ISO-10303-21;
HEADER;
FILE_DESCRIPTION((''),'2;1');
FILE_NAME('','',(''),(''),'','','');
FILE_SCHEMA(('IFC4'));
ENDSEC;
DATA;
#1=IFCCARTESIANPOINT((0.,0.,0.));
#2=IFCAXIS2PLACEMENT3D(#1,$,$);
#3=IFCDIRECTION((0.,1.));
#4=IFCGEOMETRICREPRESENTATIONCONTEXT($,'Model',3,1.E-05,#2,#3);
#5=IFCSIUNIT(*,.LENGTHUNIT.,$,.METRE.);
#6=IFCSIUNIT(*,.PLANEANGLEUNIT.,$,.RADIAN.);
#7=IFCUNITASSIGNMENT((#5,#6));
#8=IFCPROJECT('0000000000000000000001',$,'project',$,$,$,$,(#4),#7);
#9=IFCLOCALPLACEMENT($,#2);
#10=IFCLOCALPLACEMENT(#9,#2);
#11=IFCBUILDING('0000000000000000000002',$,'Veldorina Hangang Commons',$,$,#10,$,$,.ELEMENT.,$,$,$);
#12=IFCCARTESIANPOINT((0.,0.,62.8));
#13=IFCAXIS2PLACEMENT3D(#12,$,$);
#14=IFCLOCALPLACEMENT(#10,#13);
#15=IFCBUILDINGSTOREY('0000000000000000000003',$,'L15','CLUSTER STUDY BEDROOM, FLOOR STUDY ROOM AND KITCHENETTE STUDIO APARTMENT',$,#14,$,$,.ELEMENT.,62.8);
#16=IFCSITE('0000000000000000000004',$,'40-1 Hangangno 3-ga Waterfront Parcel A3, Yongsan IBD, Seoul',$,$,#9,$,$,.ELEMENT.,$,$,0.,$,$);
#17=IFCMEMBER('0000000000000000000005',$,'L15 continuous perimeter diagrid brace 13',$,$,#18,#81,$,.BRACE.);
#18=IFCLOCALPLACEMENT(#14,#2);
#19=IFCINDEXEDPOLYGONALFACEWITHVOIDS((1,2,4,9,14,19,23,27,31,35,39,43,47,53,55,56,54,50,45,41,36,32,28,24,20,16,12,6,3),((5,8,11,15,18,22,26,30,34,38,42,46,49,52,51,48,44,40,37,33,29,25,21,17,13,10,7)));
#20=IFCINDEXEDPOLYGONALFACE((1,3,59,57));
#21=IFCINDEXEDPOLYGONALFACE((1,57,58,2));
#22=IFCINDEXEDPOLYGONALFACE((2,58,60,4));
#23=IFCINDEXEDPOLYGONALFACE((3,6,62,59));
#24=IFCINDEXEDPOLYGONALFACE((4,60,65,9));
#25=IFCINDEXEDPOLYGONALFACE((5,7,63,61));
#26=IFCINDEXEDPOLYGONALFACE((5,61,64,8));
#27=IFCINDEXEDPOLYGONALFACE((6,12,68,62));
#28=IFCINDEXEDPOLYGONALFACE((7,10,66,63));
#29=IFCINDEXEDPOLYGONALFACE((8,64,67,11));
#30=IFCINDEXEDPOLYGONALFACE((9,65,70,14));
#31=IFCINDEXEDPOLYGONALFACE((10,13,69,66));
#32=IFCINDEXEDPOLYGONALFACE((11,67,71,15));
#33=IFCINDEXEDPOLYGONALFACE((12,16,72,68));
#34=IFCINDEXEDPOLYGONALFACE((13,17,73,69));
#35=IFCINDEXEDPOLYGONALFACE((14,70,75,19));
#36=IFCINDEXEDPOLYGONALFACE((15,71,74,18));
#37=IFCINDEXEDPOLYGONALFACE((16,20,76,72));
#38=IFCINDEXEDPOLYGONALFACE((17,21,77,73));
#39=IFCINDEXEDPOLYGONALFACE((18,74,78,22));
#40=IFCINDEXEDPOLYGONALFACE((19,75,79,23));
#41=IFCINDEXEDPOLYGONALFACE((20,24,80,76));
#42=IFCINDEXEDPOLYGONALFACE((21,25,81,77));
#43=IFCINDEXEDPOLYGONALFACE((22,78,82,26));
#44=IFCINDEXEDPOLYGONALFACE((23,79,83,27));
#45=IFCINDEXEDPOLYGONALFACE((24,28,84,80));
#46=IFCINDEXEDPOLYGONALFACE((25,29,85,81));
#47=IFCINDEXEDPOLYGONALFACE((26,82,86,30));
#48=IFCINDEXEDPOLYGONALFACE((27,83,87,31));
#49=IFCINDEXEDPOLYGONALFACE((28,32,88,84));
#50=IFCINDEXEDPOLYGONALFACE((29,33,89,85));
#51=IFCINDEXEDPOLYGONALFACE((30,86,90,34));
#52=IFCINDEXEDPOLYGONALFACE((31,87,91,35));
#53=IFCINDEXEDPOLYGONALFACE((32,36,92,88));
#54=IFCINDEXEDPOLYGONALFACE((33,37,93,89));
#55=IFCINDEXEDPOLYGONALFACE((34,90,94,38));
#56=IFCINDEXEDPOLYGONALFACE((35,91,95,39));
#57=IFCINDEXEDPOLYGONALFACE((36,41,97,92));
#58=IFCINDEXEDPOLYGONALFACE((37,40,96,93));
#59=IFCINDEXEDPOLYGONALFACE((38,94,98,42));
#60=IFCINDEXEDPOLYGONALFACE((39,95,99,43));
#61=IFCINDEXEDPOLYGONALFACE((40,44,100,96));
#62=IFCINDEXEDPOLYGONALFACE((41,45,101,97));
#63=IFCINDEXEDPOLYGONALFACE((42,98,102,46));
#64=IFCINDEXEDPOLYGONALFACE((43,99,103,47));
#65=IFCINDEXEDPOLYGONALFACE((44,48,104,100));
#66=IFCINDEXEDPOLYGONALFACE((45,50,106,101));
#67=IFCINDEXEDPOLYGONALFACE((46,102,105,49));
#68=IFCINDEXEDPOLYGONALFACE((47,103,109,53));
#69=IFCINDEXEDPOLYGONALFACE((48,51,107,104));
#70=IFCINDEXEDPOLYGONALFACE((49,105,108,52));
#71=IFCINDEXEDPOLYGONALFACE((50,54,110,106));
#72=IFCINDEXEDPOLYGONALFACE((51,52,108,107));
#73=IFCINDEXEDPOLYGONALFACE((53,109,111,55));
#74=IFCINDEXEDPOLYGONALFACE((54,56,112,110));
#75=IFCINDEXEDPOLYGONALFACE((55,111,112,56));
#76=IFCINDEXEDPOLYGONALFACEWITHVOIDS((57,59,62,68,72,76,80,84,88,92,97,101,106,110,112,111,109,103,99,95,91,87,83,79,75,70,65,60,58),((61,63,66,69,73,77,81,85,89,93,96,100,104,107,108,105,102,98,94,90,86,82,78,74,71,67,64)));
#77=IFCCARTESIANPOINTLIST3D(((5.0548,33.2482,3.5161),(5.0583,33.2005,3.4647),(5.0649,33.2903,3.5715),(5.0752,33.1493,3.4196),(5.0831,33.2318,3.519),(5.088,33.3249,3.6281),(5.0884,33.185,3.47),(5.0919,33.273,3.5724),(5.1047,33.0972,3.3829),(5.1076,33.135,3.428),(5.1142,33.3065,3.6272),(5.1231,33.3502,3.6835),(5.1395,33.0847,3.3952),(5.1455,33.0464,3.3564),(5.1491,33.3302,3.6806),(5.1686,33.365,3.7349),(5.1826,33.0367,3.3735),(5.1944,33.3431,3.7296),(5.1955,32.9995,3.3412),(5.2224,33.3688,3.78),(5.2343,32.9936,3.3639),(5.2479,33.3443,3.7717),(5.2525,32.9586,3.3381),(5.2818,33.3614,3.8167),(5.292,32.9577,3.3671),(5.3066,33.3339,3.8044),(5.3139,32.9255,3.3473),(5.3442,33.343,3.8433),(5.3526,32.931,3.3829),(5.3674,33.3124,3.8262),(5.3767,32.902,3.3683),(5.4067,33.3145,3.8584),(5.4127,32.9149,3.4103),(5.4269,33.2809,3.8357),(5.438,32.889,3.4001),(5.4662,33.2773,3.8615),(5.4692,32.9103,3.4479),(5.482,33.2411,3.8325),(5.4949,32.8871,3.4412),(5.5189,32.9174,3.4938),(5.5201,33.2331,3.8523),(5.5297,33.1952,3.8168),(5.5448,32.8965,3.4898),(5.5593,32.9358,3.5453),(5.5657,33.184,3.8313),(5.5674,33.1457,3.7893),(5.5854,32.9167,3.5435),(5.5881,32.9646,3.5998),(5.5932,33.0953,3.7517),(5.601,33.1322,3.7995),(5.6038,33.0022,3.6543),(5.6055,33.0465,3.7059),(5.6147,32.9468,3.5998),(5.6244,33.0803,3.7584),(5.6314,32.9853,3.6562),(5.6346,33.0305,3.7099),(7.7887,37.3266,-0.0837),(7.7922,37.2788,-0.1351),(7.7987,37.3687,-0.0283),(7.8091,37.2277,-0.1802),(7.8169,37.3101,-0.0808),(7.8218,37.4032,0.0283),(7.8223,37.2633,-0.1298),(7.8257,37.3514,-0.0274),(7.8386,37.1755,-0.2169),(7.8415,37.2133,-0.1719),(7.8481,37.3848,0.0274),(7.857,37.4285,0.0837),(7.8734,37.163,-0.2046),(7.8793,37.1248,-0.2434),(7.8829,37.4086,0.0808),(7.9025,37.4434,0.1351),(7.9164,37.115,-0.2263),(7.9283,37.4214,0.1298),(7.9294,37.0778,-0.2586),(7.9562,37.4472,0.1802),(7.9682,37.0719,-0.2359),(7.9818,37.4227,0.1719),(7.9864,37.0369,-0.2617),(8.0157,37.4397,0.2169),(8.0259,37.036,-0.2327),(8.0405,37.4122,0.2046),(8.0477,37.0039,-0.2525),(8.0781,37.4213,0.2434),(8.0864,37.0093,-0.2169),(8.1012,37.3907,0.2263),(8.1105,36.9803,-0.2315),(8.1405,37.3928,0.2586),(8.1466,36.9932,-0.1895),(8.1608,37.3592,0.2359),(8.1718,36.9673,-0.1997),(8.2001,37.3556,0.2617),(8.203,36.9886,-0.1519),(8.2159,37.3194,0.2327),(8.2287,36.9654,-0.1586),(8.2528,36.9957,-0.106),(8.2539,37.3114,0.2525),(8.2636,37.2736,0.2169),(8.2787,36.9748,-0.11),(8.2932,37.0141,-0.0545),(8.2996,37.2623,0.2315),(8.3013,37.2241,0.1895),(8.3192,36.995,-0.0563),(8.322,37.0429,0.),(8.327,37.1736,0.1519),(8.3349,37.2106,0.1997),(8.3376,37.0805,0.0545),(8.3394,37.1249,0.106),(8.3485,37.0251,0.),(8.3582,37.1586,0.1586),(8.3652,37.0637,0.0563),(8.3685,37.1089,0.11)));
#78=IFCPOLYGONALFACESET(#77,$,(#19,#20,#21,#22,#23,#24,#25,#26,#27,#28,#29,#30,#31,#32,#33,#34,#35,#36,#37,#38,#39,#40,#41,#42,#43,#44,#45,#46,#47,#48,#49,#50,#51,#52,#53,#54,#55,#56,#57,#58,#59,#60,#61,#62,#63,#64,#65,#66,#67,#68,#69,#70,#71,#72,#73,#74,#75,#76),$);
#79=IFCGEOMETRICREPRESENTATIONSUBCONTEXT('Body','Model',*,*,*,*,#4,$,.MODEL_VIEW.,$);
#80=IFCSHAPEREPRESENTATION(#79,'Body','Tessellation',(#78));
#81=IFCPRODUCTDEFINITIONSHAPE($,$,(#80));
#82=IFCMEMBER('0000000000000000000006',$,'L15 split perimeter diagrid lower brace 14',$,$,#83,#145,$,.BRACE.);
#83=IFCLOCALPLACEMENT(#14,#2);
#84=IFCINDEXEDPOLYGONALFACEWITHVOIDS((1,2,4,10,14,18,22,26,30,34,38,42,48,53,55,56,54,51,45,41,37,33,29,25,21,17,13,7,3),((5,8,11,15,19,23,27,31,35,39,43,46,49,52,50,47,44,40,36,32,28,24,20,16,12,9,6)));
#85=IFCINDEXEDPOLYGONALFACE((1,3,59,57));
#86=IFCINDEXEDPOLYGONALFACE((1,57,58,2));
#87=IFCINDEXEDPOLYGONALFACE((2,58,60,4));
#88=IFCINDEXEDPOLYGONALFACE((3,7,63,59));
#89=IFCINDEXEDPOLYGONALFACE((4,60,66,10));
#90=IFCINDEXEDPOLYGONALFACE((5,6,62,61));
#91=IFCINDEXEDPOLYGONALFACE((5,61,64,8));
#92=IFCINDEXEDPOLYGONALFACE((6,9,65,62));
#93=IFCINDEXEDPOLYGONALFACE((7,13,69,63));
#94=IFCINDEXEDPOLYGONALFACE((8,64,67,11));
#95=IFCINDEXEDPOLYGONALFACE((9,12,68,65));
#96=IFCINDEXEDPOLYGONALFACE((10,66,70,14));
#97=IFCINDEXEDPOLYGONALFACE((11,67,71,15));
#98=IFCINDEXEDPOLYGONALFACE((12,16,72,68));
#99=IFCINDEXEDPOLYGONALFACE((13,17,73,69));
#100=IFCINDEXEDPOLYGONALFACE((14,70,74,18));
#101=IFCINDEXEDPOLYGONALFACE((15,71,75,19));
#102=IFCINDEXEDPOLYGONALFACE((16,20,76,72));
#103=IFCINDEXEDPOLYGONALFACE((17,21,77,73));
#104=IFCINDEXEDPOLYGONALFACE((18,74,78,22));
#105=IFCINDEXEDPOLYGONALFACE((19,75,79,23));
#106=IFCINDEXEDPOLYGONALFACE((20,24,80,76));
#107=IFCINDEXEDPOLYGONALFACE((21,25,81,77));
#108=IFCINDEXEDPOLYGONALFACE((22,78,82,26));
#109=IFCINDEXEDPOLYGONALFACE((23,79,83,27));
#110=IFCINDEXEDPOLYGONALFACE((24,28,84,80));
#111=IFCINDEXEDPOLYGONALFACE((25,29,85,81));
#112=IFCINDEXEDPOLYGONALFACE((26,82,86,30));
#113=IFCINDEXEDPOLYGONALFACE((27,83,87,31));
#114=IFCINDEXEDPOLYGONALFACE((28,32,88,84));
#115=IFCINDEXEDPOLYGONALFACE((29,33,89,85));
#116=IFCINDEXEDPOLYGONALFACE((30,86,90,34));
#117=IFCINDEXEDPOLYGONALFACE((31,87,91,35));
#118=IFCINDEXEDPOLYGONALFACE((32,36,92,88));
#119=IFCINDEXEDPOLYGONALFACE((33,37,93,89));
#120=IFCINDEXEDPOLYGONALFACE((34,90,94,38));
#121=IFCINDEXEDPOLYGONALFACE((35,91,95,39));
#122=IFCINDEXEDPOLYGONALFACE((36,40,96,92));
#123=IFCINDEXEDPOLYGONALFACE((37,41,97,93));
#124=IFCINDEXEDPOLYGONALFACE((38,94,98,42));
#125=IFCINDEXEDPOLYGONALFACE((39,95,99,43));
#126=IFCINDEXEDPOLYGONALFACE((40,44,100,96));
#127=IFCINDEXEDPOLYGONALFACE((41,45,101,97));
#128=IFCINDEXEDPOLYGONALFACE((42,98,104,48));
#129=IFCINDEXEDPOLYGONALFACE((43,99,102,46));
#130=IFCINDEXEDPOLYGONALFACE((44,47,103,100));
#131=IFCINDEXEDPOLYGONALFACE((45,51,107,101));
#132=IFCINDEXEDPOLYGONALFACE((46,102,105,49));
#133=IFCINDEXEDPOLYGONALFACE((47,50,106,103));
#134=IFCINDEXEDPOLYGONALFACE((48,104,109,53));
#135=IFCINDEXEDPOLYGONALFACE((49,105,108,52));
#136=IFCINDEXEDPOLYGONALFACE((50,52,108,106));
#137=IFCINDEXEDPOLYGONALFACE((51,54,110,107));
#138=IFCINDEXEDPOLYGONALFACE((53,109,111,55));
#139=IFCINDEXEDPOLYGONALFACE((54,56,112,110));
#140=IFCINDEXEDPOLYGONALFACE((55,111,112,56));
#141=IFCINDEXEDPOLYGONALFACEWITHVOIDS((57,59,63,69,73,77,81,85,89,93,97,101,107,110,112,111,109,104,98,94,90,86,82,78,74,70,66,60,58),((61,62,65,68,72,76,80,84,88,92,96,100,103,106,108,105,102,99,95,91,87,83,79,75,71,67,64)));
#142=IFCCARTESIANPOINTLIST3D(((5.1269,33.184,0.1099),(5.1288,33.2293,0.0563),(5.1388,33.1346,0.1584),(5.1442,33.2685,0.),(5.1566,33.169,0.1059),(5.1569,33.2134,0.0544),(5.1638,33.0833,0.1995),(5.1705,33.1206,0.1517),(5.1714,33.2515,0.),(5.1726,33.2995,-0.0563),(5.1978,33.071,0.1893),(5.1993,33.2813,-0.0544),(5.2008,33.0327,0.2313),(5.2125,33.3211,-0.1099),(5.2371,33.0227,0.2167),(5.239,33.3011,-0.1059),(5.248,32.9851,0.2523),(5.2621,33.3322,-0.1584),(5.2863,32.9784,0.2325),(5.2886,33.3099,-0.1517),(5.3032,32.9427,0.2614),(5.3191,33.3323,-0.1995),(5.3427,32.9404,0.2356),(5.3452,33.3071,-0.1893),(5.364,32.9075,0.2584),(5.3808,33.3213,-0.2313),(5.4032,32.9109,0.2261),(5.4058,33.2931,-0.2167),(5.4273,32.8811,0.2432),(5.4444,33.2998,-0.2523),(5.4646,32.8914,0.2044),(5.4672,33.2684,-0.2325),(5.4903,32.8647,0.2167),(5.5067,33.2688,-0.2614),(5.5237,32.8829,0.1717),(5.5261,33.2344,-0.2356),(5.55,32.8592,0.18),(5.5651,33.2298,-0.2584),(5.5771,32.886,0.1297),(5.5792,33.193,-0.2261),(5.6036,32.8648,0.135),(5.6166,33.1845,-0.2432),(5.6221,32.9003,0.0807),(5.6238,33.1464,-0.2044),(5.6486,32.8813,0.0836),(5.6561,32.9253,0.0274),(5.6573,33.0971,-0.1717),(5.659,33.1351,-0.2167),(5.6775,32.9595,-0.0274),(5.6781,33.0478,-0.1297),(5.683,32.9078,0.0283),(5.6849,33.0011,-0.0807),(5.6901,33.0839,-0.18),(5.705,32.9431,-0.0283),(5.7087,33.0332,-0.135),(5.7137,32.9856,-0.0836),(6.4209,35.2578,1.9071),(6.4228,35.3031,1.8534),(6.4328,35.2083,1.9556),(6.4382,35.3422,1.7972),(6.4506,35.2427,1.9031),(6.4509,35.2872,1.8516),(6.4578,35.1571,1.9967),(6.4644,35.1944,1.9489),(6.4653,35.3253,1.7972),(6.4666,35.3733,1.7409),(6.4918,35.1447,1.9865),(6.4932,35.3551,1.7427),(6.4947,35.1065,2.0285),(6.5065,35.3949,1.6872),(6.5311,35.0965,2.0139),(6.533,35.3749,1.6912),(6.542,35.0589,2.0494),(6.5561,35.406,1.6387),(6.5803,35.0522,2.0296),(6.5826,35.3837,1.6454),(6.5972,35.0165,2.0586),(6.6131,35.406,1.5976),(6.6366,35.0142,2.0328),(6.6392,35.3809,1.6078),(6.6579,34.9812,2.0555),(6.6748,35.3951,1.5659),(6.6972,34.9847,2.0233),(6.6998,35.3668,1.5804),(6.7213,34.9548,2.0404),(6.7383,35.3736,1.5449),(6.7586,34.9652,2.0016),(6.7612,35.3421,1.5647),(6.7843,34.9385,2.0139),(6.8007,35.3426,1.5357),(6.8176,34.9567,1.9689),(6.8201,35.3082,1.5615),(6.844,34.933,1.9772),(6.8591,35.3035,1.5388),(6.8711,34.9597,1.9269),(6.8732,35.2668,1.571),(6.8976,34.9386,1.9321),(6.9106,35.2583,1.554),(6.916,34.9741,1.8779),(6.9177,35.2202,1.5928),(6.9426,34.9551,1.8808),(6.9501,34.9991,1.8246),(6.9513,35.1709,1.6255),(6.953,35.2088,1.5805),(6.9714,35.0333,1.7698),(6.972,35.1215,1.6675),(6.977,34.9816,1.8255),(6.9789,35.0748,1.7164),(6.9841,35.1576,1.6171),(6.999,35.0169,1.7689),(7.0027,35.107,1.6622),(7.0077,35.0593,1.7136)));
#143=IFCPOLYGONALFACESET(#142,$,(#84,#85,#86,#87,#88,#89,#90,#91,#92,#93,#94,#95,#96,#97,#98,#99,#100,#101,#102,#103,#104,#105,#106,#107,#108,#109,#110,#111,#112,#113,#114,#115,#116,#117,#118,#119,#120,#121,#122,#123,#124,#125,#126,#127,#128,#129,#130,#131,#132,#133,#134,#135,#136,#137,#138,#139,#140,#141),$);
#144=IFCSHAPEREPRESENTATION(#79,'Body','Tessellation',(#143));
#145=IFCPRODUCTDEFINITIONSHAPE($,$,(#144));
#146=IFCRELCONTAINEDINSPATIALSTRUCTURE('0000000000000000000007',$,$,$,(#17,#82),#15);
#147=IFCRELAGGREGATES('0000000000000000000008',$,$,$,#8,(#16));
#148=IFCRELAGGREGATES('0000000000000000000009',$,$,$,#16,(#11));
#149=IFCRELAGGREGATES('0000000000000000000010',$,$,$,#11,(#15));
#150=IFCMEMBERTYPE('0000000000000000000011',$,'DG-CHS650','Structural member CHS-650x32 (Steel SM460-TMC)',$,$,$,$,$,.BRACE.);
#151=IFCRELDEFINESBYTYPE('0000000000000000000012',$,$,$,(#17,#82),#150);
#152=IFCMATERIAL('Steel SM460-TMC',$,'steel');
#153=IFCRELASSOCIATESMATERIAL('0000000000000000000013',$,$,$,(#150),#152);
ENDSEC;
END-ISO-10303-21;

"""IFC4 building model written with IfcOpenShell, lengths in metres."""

from ifc_helpers import new_model, si_unit, direction, frame, origin, origin_2d, place, context, subcontext, project, spatial, hollow_circle, extrude, material, material_profile, profile_set, type_object, element, save


model = new_model("IFC4")

# Units and contexts
model_context = context("Model", 3, precision=1e-05, world=origin(), true_north=direction((0.0, 1.0)))
body_context = subcontext(model_context, "Body", "Model", "MODEL_VIEW")
ifc_project = project(units=[si_unit("LENGTHUNIT", "METRE"), si_unit("PLANEANGLEUNIT", "RADIAN")], contexts=[model_context])

# Site, building, storey
site_placement = place(None, origin())
site = spatial("IfcSite", under=ifc_project, at=site_placement, Name="40-1 Hangangno 3-ga Waterfront Parcel A3, Yongsan IBD, Seoul", CompositionType="ELEMENT", RefElevation=0.0)
building_placement = place(site_placement, origin())
building = spatial("IfcBuilding", under=site, at=building_placement, Name="Veldorina Hangang Commons", CompositionType="ELEMENT")
storey_placement = place(building_placement, frame((0.0, 0.0, 62.8)))
storey = spatial("IfcBuildingStorey", under=building, at=storey_placement, Name="L15", Description="CLUSTER STUDY BEDROOM, FLOOR STUDY ROOM AND KITCHENETTE STUDIO APARTMENT", CompositionType="ELEMENT", Elevation=62.8)

# Members
ifc_material_1 = material(Name="Steel SM460-TMC", Category="steel")
ifc_material_profile_1 = material_profile(ifc_material_1, hollow_circle(Radius=0.325, WallThickness=0.032, at=origin_2d()), Name="CHS-650x32")
ifc_profile_set_1 = profile_set([ifc_material_profile_1], Name="Steel SM460-TMC")
member_type = type_object("IfcMemberType", Name="DG-CHS650", Description="Structural member CHS-650x32 (Steel SM460-TMC)", PredefinedType="BRACE", material=ifc_profile_set_1)
member_1_placement = place(storey_placement, frame((8.0786, 37.2061, 0.0), z_axis=(-0.449047, -0.669881, 0.591284), x_axis=(0.83064, -0.55681, 0.0)))
element("IfcMember", 1, at=member_1_placement, inside=storey, type_object=member_type, Name="L15 continuous perimeter diagrid brace 13", PredefinedType="BRACE", context=body_context, shape_type="SweptSolid", body=[
    extrude(hollow_circle(Radius=0.325, WallThickness=0.032, at=origin_2d()), origin(), (0.0, 0.0, 1.0), 6.0881),
])
member_2_placement = place(storey_placement, frame((5.4199, 33.0964, 0.0), z_axis=(0.426502, 0.683529, 0.592355), x_axis=(-0.848391, 0.52937, 0.0)))
element("IfcMember", 2, at=member_2_placement, inside=storey, type_object=member_type, Name="L15 split perimeter diagrid lower brace 14", PredefinedType="BRACE", context=body_context, shape_type="SweptSolid", body=[
    extrude(hollow_circle(Radius=0.325, WallThickness=0.032, at=origin_2d()), origin(), (0.0, 0.0, 1.0), 3.0339),
])

save(model, "model.ifc")
